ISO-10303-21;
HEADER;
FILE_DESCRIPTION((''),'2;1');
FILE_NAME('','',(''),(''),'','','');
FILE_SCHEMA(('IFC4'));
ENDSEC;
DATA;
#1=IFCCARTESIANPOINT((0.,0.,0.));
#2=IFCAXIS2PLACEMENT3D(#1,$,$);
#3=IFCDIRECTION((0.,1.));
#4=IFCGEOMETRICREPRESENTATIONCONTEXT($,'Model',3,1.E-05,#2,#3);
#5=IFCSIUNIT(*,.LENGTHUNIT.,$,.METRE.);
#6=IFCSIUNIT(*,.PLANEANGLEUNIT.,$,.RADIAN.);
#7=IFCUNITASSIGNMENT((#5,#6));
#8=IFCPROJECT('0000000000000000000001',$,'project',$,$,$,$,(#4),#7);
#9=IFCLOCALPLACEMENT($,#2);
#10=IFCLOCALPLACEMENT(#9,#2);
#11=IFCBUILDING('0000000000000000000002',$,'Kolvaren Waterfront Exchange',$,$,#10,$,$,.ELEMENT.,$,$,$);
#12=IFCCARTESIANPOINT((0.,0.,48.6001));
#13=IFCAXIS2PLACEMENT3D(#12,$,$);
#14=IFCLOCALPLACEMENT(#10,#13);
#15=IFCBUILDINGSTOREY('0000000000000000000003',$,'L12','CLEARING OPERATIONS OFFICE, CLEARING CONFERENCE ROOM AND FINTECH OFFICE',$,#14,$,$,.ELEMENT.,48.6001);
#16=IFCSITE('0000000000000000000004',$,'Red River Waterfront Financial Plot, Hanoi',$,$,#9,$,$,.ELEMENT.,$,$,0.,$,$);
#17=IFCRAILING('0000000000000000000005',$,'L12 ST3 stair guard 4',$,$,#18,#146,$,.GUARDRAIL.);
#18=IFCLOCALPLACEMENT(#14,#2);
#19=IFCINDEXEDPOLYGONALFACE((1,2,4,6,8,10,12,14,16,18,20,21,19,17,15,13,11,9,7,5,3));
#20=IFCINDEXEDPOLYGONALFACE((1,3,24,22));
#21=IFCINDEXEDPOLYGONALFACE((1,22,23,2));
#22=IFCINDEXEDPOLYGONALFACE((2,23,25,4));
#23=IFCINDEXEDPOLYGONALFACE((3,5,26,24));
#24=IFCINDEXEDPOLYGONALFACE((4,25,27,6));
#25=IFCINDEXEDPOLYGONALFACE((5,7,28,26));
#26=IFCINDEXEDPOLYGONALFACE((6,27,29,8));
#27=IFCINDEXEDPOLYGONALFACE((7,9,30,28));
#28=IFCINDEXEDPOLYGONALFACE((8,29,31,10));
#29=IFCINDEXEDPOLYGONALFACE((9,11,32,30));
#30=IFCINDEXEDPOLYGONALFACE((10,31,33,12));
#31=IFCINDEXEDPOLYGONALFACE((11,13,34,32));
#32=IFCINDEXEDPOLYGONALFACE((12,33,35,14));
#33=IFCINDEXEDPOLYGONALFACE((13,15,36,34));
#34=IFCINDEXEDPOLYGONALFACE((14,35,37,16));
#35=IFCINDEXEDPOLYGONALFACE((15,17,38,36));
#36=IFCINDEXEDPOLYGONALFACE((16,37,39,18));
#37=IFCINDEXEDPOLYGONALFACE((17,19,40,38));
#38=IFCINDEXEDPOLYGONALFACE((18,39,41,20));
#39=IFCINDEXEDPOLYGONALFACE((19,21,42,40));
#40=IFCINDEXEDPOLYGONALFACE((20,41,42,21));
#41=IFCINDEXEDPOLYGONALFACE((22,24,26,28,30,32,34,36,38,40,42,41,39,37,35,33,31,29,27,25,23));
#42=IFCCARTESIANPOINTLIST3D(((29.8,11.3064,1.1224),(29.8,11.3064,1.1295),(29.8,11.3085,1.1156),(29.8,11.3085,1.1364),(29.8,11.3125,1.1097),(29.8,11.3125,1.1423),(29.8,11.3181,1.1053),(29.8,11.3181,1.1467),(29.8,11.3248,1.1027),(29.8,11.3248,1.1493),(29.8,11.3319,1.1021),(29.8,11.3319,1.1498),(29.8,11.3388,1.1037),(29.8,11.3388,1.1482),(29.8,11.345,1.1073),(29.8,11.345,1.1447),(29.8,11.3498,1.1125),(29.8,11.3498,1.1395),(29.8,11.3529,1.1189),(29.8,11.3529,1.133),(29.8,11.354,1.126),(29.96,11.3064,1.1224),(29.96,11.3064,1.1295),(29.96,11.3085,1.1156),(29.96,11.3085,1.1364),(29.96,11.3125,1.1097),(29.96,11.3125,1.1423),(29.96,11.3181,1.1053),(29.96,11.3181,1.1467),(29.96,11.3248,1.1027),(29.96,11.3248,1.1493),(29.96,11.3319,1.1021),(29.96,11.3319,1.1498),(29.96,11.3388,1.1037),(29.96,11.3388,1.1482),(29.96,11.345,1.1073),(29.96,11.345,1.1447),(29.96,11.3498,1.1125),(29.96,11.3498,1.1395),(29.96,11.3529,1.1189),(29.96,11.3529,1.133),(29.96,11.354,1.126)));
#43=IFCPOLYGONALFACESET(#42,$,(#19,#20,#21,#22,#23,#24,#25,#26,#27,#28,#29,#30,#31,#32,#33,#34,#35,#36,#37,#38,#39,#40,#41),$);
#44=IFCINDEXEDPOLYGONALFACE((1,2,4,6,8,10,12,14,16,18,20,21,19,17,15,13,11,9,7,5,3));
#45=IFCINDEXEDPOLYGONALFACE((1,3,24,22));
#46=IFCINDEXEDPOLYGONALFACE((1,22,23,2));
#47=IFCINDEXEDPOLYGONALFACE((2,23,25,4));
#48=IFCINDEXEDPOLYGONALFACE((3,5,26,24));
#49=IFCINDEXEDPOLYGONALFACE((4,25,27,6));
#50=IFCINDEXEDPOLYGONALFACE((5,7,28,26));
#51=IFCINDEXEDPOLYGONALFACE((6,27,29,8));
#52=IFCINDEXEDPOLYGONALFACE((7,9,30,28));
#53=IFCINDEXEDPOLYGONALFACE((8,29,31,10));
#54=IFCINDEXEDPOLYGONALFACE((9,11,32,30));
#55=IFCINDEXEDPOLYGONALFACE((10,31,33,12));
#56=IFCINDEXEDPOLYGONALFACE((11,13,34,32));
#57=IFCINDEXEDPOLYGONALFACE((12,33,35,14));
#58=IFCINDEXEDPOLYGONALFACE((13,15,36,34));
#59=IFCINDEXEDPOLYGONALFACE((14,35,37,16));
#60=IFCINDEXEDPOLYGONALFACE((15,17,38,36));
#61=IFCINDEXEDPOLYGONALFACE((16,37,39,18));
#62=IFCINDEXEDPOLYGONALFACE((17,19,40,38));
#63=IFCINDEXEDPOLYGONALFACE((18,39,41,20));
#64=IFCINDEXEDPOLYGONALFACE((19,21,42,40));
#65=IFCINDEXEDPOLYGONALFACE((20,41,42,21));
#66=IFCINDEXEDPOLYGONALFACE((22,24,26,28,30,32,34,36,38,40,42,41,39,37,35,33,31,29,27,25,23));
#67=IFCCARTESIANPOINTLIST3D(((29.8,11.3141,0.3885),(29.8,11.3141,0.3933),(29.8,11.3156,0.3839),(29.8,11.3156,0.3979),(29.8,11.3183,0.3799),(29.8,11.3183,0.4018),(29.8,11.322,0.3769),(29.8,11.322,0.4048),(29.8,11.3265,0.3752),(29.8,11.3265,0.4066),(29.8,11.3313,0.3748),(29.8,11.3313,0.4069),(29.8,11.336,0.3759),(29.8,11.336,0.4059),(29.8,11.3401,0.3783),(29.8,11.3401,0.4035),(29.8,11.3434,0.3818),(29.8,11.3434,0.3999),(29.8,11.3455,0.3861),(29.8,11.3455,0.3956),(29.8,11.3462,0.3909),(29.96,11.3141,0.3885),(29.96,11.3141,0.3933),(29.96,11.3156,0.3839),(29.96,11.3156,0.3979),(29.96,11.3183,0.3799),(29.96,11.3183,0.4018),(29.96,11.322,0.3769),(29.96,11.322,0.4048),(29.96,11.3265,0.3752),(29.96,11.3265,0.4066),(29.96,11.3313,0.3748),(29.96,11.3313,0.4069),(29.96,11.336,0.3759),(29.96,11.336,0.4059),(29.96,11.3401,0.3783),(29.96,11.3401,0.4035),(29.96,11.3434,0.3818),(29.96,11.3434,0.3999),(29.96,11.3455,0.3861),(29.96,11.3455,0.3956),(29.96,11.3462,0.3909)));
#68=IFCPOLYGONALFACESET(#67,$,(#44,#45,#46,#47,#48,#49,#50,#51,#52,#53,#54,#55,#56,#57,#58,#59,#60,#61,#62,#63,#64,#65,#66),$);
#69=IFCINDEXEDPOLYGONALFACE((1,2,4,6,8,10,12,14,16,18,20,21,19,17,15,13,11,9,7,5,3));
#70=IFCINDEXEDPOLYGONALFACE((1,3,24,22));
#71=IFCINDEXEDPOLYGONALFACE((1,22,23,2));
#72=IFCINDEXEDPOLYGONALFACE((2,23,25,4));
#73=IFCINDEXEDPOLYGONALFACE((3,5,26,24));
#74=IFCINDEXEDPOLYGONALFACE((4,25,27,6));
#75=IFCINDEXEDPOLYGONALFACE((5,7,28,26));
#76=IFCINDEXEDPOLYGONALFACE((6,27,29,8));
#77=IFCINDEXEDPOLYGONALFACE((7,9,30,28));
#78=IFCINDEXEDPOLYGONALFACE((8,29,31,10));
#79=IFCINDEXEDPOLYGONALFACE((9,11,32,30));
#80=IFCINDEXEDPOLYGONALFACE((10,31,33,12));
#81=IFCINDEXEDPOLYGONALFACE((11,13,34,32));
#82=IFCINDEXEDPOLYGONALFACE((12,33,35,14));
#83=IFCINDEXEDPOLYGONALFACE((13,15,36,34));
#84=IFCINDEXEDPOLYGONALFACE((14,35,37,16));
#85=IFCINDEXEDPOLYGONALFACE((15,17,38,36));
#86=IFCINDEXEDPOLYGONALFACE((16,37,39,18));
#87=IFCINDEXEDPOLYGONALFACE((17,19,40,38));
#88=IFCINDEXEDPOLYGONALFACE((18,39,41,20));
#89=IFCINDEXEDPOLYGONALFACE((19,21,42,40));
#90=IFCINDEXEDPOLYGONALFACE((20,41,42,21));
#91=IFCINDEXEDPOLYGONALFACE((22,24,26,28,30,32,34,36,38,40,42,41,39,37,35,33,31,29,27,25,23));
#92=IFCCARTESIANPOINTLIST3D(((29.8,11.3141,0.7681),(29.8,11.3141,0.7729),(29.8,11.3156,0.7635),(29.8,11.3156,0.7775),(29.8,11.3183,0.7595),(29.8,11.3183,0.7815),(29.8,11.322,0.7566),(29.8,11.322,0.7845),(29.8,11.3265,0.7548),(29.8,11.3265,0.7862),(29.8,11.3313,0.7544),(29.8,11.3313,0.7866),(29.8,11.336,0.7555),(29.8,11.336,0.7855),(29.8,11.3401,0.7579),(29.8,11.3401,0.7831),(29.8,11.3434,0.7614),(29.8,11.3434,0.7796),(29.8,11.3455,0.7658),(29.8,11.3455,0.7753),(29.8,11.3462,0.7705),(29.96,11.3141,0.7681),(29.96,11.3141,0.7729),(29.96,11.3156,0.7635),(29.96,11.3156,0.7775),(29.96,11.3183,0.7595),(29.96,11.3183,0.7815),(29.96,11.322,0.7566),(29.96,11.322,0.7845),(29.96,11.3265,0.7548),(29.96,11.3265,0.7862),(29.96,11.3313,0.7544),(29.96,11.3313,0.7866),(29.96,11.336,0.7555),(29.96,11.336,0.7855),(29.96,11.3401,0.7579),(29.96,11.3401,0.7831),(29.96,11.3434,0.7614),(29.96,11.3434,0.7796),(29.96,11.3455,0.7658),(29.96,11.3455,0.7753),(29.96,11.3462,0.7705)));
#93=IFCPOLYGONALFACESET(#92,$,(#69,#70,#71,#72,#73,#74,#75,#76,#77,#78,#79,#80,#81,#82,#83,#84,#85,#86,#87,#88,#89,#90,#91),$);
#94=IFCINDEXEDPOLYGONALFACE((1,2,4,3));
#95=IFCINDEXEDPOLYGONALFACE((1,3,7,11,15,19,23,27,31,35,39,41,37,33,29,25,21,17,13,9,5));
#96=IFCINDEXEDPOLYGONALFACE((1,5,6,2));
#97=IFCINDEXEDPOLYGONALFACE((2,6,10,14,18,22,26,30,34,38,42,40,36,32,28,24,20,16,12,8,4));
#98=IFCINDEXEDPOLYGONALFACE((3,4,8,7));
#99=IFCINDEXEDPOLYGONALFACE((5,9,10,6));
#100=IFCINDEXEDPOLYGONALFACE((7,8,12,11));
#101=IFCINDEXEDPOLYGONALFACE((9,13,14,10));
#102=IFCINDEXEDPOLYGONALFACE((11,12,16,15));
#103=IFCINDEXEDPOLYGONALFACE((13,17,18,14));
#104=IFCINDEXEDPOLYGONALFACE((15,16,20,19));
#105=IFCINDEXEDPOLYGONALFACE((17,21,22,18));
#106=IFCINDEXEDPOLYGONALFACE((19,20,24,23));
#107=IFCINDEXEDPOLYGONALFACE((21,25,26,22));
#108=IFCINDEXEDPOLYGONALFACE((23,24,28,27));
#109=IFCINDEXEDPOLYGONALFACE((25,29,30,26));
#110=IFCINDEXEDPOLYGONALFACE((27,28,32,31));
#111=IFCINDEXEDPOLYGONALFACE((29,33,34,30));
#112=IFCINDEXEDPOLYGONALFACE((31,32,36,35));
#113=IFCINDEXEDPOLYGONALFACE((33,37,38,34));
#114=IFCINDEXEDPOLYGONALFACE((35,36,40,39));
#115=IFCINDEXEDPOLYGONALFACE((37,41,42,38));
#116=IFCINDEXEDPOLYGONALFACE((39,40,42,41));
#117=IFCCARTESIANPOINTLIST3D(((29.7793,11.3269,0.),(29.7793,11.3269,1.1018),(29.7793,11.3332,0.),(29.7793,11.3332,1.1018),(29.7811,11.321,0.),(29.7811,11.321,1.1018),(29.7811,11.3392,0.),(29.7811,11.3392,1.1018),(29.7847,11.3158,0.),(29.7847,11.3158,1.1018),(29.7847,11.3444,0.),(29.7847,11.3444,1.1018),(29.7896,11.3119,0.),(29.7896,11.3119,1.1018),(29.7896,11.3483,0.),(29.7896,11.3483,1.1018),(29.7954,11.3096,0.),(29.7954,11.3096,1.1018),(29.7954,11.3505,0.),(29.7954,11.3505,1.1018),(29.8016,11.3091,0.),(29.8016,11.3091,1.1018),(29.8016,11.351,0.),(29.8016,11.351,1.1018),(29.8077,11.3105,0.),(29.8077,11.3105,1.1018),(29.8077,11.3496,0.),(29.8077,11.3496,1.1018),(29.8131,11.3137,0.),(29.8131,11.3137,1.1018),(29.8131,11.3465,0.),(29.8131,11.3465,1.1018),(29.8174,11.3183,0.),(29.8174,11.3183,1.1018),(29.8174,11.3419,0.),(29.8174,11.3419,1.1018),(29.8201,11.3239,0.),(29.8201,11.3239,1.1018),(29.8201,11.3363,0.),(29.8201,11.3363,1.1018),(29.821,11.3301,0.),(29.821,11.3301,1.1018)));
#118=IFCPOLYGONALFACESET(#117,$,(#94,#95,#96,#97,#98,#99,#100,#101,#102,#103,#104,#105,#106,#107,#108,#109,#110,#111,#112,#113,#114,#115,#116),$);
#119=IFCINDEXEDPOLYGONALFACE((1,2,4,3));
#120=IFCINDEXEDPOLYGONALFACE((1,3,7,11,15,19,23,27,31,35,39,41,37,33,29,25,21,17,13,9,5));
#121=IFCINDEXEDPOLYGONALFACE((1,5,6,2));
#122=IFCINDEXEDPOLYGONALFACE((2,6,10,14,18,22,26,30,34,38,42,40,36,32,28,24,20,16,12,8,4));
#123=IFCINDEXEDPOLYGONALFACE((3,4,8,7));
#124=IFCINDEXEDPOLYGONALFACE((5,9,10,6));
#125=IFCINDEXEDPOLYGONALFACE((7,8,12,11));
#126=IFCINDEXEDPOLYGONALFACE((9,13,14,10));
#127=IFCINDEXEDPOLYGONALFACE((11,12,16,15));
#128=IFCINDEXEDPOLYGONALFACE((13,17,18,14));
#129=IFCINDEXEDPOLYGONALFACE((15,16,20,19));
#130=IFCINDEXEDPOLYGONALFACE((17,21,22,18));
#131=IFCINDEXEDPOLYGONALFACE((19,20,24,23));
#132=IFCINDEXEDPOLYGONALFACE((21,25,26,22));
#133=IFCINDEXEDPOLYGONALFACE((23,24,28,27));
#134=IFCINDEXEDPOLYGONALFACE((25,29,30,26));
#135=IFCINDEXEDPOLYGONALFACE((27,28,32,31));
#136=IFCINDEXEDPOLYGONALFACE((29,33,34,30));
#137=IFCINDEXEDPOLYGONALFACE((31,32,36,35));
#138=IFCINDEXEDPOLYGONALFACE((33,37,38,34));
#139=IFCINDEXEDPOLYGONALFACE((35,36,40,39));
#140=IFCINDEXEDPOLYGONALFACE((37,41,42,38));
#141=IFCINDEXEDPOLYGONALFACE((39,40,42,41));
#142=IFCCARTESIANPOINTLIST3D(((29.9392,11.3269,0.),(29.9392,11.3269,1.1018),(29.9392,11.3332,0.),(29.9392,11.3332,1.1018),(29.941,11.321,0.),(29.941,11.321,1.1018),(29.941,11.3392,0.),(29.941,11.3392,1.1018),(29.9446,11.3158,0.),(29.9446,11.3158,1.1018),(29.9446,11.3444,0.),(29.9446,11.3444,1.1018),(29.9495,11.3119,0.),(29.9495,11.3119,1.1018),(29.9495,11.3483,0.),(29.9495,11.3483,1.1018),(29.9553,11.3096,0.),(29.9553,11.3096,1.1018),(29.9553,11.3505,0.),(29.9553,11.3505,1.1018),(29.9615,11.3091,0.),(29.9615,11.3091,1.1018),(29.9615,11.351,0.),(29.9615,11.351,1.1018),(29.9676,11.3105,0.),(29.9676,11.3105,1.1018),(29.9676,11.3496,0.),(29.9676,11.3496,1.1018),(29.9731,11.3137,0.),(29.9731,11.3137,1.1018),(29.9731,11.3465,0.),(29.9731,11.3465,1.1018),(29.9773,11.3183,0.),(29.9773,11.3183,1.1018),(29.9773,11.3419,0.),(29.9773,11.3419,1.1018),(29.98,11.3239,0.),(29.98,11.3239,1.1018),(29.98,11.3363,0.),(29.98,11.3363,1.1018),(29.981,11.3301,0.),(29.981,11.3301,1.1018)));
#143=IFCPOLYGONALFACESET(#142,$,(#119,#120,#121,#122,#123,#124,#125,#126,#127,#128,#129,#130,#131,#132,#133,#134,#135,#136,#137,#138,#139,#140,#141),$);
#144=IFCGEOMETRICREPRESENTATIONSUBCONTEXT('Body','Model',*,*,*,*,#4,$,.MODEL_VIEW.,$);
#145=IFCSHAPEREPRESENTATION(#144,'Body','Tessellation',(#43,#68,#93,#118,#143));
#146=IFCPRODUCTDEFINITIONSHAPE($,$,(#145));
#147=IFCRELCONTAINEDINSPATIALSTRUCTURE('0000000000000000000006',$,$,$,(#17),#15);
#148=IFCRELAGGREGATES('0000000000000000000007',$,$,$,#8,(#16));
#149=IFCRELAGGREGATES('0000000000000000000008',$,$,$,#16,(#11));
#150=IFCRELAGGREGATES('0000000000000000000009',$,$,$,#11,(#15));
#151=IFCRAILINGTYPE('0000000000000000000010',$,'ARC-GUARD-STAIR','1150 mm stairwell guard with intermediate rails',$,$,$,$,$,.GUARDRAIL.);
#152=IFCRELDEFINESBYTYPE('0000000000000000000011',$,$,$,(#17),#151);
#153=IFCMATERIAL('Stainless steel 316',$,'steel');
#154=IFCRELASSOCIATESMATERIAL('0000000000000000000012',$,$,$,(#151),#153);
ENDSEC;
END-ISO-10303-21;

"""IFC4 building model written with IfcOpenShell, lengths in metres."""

from ifc_helpers import new_model, si_unit, direction, frame, origin, origin_2d, place, context, subcontext, project, spatial, circle, extrude, material, type_object, element, save


model = new_model("IFC4")

# Units and contexts
model_context = context("Model", 3, precision=1e-05, world=origin(), true_north=direction((0.0, 1.0)))
body_context = subcontext(model_context, "Body", "Model", "MODEL_VIEW")
ifc_project = project(units=[si_unit("LENGTHUNIT", "METRE"), si_unit("PLANEANGLEUNIT", "RADIAN")], contexts=[model_context])

# Site, building, storey
site_placement = place(None, origin())
site = spatial("IfcSite", under=ifc_project, at=site_placement, Name="Red River Waterfront Financial Plot, Hanoi", CompositionType="ELEMENT", RefElevation=0.0)
building_placement = place(site_placement, origin())
building = spatial("IfcBuilding", under=site, at=building_placement, Name="Kolvaren Waterfront Exchange", CompositionType="ELEMENT")
storey_placement = place(building_placement, frame((0.0, 0.0, 48.6001)))
storey = spatial("IfcBuildingStorey", under=building, at=storey_placement, Name="L12", Description="CLEARING OPERATIONS OFFICE, CLEARING CONFERENCE ROOM AND FINTECH OFFICE", CompositionType="ELEMENT", Elevation=48.6001)

# Railing
ifc_material_1 = material(Name="Stainless steel 316", Category="steel")
railing_type = type_object("IfcRailingType", Name="ARC-GUARD-STAIR", Description="1150 mm stairwell guard with intermediate rails", PredefinedType="GUARDRAIL", material=ifc_material_1)
railing_placement = place(storey_placement, frame((29.8, 11.3301, 0.0)))
element("IfcRailing", 1, at=railing_placement, inside=storey, type_object=railing_type, Name="L12 ST3 stair guard 4", PredefinedType="GUARDRAIL", context=body_context, shape_type="SweptSolid", body=[
    extrude(circle(Radius=0.0239, at=origin_2d()), frame((0.0, 0.0, 1.126), z_axis=(1.0, 0.0, 0.0), x_axis=(0.0, 1.0, 0.0)), (0.0, 0.0, 1.0), 0.1599),
    extrude(circle(Radius=0.0161, at=origin_2d()), frame((0.0, 0.0, 0.3909), z_axis=(1.0, 0.0, 0.0), x_axis=(0.0, 1.0, 0.0)), (0.0, 0.0, 1.0), 0.1599),
    extrude(circle(Radius=0.0161, at=origin_2d()), frame((0.0, 0.0, 0.7705), z_axis=(1.0, 0.0, 0.0), x_axis=(0.0, 1.0, 0.0)), (0.0, 0.0, 1.0), 0.1599),
    extrude(circle(Radius=0.021, at=origin_2d()), origin(), (0.0, 0.0, 1.0), 1.1018),
    extrude(circle(Radius=0.021, at=origin_2d()), frame((0.1599, 0.0, 0.0)), (0.0, 0.0, 1.0), 1.1018),
])

save(model, "model.ifc")
